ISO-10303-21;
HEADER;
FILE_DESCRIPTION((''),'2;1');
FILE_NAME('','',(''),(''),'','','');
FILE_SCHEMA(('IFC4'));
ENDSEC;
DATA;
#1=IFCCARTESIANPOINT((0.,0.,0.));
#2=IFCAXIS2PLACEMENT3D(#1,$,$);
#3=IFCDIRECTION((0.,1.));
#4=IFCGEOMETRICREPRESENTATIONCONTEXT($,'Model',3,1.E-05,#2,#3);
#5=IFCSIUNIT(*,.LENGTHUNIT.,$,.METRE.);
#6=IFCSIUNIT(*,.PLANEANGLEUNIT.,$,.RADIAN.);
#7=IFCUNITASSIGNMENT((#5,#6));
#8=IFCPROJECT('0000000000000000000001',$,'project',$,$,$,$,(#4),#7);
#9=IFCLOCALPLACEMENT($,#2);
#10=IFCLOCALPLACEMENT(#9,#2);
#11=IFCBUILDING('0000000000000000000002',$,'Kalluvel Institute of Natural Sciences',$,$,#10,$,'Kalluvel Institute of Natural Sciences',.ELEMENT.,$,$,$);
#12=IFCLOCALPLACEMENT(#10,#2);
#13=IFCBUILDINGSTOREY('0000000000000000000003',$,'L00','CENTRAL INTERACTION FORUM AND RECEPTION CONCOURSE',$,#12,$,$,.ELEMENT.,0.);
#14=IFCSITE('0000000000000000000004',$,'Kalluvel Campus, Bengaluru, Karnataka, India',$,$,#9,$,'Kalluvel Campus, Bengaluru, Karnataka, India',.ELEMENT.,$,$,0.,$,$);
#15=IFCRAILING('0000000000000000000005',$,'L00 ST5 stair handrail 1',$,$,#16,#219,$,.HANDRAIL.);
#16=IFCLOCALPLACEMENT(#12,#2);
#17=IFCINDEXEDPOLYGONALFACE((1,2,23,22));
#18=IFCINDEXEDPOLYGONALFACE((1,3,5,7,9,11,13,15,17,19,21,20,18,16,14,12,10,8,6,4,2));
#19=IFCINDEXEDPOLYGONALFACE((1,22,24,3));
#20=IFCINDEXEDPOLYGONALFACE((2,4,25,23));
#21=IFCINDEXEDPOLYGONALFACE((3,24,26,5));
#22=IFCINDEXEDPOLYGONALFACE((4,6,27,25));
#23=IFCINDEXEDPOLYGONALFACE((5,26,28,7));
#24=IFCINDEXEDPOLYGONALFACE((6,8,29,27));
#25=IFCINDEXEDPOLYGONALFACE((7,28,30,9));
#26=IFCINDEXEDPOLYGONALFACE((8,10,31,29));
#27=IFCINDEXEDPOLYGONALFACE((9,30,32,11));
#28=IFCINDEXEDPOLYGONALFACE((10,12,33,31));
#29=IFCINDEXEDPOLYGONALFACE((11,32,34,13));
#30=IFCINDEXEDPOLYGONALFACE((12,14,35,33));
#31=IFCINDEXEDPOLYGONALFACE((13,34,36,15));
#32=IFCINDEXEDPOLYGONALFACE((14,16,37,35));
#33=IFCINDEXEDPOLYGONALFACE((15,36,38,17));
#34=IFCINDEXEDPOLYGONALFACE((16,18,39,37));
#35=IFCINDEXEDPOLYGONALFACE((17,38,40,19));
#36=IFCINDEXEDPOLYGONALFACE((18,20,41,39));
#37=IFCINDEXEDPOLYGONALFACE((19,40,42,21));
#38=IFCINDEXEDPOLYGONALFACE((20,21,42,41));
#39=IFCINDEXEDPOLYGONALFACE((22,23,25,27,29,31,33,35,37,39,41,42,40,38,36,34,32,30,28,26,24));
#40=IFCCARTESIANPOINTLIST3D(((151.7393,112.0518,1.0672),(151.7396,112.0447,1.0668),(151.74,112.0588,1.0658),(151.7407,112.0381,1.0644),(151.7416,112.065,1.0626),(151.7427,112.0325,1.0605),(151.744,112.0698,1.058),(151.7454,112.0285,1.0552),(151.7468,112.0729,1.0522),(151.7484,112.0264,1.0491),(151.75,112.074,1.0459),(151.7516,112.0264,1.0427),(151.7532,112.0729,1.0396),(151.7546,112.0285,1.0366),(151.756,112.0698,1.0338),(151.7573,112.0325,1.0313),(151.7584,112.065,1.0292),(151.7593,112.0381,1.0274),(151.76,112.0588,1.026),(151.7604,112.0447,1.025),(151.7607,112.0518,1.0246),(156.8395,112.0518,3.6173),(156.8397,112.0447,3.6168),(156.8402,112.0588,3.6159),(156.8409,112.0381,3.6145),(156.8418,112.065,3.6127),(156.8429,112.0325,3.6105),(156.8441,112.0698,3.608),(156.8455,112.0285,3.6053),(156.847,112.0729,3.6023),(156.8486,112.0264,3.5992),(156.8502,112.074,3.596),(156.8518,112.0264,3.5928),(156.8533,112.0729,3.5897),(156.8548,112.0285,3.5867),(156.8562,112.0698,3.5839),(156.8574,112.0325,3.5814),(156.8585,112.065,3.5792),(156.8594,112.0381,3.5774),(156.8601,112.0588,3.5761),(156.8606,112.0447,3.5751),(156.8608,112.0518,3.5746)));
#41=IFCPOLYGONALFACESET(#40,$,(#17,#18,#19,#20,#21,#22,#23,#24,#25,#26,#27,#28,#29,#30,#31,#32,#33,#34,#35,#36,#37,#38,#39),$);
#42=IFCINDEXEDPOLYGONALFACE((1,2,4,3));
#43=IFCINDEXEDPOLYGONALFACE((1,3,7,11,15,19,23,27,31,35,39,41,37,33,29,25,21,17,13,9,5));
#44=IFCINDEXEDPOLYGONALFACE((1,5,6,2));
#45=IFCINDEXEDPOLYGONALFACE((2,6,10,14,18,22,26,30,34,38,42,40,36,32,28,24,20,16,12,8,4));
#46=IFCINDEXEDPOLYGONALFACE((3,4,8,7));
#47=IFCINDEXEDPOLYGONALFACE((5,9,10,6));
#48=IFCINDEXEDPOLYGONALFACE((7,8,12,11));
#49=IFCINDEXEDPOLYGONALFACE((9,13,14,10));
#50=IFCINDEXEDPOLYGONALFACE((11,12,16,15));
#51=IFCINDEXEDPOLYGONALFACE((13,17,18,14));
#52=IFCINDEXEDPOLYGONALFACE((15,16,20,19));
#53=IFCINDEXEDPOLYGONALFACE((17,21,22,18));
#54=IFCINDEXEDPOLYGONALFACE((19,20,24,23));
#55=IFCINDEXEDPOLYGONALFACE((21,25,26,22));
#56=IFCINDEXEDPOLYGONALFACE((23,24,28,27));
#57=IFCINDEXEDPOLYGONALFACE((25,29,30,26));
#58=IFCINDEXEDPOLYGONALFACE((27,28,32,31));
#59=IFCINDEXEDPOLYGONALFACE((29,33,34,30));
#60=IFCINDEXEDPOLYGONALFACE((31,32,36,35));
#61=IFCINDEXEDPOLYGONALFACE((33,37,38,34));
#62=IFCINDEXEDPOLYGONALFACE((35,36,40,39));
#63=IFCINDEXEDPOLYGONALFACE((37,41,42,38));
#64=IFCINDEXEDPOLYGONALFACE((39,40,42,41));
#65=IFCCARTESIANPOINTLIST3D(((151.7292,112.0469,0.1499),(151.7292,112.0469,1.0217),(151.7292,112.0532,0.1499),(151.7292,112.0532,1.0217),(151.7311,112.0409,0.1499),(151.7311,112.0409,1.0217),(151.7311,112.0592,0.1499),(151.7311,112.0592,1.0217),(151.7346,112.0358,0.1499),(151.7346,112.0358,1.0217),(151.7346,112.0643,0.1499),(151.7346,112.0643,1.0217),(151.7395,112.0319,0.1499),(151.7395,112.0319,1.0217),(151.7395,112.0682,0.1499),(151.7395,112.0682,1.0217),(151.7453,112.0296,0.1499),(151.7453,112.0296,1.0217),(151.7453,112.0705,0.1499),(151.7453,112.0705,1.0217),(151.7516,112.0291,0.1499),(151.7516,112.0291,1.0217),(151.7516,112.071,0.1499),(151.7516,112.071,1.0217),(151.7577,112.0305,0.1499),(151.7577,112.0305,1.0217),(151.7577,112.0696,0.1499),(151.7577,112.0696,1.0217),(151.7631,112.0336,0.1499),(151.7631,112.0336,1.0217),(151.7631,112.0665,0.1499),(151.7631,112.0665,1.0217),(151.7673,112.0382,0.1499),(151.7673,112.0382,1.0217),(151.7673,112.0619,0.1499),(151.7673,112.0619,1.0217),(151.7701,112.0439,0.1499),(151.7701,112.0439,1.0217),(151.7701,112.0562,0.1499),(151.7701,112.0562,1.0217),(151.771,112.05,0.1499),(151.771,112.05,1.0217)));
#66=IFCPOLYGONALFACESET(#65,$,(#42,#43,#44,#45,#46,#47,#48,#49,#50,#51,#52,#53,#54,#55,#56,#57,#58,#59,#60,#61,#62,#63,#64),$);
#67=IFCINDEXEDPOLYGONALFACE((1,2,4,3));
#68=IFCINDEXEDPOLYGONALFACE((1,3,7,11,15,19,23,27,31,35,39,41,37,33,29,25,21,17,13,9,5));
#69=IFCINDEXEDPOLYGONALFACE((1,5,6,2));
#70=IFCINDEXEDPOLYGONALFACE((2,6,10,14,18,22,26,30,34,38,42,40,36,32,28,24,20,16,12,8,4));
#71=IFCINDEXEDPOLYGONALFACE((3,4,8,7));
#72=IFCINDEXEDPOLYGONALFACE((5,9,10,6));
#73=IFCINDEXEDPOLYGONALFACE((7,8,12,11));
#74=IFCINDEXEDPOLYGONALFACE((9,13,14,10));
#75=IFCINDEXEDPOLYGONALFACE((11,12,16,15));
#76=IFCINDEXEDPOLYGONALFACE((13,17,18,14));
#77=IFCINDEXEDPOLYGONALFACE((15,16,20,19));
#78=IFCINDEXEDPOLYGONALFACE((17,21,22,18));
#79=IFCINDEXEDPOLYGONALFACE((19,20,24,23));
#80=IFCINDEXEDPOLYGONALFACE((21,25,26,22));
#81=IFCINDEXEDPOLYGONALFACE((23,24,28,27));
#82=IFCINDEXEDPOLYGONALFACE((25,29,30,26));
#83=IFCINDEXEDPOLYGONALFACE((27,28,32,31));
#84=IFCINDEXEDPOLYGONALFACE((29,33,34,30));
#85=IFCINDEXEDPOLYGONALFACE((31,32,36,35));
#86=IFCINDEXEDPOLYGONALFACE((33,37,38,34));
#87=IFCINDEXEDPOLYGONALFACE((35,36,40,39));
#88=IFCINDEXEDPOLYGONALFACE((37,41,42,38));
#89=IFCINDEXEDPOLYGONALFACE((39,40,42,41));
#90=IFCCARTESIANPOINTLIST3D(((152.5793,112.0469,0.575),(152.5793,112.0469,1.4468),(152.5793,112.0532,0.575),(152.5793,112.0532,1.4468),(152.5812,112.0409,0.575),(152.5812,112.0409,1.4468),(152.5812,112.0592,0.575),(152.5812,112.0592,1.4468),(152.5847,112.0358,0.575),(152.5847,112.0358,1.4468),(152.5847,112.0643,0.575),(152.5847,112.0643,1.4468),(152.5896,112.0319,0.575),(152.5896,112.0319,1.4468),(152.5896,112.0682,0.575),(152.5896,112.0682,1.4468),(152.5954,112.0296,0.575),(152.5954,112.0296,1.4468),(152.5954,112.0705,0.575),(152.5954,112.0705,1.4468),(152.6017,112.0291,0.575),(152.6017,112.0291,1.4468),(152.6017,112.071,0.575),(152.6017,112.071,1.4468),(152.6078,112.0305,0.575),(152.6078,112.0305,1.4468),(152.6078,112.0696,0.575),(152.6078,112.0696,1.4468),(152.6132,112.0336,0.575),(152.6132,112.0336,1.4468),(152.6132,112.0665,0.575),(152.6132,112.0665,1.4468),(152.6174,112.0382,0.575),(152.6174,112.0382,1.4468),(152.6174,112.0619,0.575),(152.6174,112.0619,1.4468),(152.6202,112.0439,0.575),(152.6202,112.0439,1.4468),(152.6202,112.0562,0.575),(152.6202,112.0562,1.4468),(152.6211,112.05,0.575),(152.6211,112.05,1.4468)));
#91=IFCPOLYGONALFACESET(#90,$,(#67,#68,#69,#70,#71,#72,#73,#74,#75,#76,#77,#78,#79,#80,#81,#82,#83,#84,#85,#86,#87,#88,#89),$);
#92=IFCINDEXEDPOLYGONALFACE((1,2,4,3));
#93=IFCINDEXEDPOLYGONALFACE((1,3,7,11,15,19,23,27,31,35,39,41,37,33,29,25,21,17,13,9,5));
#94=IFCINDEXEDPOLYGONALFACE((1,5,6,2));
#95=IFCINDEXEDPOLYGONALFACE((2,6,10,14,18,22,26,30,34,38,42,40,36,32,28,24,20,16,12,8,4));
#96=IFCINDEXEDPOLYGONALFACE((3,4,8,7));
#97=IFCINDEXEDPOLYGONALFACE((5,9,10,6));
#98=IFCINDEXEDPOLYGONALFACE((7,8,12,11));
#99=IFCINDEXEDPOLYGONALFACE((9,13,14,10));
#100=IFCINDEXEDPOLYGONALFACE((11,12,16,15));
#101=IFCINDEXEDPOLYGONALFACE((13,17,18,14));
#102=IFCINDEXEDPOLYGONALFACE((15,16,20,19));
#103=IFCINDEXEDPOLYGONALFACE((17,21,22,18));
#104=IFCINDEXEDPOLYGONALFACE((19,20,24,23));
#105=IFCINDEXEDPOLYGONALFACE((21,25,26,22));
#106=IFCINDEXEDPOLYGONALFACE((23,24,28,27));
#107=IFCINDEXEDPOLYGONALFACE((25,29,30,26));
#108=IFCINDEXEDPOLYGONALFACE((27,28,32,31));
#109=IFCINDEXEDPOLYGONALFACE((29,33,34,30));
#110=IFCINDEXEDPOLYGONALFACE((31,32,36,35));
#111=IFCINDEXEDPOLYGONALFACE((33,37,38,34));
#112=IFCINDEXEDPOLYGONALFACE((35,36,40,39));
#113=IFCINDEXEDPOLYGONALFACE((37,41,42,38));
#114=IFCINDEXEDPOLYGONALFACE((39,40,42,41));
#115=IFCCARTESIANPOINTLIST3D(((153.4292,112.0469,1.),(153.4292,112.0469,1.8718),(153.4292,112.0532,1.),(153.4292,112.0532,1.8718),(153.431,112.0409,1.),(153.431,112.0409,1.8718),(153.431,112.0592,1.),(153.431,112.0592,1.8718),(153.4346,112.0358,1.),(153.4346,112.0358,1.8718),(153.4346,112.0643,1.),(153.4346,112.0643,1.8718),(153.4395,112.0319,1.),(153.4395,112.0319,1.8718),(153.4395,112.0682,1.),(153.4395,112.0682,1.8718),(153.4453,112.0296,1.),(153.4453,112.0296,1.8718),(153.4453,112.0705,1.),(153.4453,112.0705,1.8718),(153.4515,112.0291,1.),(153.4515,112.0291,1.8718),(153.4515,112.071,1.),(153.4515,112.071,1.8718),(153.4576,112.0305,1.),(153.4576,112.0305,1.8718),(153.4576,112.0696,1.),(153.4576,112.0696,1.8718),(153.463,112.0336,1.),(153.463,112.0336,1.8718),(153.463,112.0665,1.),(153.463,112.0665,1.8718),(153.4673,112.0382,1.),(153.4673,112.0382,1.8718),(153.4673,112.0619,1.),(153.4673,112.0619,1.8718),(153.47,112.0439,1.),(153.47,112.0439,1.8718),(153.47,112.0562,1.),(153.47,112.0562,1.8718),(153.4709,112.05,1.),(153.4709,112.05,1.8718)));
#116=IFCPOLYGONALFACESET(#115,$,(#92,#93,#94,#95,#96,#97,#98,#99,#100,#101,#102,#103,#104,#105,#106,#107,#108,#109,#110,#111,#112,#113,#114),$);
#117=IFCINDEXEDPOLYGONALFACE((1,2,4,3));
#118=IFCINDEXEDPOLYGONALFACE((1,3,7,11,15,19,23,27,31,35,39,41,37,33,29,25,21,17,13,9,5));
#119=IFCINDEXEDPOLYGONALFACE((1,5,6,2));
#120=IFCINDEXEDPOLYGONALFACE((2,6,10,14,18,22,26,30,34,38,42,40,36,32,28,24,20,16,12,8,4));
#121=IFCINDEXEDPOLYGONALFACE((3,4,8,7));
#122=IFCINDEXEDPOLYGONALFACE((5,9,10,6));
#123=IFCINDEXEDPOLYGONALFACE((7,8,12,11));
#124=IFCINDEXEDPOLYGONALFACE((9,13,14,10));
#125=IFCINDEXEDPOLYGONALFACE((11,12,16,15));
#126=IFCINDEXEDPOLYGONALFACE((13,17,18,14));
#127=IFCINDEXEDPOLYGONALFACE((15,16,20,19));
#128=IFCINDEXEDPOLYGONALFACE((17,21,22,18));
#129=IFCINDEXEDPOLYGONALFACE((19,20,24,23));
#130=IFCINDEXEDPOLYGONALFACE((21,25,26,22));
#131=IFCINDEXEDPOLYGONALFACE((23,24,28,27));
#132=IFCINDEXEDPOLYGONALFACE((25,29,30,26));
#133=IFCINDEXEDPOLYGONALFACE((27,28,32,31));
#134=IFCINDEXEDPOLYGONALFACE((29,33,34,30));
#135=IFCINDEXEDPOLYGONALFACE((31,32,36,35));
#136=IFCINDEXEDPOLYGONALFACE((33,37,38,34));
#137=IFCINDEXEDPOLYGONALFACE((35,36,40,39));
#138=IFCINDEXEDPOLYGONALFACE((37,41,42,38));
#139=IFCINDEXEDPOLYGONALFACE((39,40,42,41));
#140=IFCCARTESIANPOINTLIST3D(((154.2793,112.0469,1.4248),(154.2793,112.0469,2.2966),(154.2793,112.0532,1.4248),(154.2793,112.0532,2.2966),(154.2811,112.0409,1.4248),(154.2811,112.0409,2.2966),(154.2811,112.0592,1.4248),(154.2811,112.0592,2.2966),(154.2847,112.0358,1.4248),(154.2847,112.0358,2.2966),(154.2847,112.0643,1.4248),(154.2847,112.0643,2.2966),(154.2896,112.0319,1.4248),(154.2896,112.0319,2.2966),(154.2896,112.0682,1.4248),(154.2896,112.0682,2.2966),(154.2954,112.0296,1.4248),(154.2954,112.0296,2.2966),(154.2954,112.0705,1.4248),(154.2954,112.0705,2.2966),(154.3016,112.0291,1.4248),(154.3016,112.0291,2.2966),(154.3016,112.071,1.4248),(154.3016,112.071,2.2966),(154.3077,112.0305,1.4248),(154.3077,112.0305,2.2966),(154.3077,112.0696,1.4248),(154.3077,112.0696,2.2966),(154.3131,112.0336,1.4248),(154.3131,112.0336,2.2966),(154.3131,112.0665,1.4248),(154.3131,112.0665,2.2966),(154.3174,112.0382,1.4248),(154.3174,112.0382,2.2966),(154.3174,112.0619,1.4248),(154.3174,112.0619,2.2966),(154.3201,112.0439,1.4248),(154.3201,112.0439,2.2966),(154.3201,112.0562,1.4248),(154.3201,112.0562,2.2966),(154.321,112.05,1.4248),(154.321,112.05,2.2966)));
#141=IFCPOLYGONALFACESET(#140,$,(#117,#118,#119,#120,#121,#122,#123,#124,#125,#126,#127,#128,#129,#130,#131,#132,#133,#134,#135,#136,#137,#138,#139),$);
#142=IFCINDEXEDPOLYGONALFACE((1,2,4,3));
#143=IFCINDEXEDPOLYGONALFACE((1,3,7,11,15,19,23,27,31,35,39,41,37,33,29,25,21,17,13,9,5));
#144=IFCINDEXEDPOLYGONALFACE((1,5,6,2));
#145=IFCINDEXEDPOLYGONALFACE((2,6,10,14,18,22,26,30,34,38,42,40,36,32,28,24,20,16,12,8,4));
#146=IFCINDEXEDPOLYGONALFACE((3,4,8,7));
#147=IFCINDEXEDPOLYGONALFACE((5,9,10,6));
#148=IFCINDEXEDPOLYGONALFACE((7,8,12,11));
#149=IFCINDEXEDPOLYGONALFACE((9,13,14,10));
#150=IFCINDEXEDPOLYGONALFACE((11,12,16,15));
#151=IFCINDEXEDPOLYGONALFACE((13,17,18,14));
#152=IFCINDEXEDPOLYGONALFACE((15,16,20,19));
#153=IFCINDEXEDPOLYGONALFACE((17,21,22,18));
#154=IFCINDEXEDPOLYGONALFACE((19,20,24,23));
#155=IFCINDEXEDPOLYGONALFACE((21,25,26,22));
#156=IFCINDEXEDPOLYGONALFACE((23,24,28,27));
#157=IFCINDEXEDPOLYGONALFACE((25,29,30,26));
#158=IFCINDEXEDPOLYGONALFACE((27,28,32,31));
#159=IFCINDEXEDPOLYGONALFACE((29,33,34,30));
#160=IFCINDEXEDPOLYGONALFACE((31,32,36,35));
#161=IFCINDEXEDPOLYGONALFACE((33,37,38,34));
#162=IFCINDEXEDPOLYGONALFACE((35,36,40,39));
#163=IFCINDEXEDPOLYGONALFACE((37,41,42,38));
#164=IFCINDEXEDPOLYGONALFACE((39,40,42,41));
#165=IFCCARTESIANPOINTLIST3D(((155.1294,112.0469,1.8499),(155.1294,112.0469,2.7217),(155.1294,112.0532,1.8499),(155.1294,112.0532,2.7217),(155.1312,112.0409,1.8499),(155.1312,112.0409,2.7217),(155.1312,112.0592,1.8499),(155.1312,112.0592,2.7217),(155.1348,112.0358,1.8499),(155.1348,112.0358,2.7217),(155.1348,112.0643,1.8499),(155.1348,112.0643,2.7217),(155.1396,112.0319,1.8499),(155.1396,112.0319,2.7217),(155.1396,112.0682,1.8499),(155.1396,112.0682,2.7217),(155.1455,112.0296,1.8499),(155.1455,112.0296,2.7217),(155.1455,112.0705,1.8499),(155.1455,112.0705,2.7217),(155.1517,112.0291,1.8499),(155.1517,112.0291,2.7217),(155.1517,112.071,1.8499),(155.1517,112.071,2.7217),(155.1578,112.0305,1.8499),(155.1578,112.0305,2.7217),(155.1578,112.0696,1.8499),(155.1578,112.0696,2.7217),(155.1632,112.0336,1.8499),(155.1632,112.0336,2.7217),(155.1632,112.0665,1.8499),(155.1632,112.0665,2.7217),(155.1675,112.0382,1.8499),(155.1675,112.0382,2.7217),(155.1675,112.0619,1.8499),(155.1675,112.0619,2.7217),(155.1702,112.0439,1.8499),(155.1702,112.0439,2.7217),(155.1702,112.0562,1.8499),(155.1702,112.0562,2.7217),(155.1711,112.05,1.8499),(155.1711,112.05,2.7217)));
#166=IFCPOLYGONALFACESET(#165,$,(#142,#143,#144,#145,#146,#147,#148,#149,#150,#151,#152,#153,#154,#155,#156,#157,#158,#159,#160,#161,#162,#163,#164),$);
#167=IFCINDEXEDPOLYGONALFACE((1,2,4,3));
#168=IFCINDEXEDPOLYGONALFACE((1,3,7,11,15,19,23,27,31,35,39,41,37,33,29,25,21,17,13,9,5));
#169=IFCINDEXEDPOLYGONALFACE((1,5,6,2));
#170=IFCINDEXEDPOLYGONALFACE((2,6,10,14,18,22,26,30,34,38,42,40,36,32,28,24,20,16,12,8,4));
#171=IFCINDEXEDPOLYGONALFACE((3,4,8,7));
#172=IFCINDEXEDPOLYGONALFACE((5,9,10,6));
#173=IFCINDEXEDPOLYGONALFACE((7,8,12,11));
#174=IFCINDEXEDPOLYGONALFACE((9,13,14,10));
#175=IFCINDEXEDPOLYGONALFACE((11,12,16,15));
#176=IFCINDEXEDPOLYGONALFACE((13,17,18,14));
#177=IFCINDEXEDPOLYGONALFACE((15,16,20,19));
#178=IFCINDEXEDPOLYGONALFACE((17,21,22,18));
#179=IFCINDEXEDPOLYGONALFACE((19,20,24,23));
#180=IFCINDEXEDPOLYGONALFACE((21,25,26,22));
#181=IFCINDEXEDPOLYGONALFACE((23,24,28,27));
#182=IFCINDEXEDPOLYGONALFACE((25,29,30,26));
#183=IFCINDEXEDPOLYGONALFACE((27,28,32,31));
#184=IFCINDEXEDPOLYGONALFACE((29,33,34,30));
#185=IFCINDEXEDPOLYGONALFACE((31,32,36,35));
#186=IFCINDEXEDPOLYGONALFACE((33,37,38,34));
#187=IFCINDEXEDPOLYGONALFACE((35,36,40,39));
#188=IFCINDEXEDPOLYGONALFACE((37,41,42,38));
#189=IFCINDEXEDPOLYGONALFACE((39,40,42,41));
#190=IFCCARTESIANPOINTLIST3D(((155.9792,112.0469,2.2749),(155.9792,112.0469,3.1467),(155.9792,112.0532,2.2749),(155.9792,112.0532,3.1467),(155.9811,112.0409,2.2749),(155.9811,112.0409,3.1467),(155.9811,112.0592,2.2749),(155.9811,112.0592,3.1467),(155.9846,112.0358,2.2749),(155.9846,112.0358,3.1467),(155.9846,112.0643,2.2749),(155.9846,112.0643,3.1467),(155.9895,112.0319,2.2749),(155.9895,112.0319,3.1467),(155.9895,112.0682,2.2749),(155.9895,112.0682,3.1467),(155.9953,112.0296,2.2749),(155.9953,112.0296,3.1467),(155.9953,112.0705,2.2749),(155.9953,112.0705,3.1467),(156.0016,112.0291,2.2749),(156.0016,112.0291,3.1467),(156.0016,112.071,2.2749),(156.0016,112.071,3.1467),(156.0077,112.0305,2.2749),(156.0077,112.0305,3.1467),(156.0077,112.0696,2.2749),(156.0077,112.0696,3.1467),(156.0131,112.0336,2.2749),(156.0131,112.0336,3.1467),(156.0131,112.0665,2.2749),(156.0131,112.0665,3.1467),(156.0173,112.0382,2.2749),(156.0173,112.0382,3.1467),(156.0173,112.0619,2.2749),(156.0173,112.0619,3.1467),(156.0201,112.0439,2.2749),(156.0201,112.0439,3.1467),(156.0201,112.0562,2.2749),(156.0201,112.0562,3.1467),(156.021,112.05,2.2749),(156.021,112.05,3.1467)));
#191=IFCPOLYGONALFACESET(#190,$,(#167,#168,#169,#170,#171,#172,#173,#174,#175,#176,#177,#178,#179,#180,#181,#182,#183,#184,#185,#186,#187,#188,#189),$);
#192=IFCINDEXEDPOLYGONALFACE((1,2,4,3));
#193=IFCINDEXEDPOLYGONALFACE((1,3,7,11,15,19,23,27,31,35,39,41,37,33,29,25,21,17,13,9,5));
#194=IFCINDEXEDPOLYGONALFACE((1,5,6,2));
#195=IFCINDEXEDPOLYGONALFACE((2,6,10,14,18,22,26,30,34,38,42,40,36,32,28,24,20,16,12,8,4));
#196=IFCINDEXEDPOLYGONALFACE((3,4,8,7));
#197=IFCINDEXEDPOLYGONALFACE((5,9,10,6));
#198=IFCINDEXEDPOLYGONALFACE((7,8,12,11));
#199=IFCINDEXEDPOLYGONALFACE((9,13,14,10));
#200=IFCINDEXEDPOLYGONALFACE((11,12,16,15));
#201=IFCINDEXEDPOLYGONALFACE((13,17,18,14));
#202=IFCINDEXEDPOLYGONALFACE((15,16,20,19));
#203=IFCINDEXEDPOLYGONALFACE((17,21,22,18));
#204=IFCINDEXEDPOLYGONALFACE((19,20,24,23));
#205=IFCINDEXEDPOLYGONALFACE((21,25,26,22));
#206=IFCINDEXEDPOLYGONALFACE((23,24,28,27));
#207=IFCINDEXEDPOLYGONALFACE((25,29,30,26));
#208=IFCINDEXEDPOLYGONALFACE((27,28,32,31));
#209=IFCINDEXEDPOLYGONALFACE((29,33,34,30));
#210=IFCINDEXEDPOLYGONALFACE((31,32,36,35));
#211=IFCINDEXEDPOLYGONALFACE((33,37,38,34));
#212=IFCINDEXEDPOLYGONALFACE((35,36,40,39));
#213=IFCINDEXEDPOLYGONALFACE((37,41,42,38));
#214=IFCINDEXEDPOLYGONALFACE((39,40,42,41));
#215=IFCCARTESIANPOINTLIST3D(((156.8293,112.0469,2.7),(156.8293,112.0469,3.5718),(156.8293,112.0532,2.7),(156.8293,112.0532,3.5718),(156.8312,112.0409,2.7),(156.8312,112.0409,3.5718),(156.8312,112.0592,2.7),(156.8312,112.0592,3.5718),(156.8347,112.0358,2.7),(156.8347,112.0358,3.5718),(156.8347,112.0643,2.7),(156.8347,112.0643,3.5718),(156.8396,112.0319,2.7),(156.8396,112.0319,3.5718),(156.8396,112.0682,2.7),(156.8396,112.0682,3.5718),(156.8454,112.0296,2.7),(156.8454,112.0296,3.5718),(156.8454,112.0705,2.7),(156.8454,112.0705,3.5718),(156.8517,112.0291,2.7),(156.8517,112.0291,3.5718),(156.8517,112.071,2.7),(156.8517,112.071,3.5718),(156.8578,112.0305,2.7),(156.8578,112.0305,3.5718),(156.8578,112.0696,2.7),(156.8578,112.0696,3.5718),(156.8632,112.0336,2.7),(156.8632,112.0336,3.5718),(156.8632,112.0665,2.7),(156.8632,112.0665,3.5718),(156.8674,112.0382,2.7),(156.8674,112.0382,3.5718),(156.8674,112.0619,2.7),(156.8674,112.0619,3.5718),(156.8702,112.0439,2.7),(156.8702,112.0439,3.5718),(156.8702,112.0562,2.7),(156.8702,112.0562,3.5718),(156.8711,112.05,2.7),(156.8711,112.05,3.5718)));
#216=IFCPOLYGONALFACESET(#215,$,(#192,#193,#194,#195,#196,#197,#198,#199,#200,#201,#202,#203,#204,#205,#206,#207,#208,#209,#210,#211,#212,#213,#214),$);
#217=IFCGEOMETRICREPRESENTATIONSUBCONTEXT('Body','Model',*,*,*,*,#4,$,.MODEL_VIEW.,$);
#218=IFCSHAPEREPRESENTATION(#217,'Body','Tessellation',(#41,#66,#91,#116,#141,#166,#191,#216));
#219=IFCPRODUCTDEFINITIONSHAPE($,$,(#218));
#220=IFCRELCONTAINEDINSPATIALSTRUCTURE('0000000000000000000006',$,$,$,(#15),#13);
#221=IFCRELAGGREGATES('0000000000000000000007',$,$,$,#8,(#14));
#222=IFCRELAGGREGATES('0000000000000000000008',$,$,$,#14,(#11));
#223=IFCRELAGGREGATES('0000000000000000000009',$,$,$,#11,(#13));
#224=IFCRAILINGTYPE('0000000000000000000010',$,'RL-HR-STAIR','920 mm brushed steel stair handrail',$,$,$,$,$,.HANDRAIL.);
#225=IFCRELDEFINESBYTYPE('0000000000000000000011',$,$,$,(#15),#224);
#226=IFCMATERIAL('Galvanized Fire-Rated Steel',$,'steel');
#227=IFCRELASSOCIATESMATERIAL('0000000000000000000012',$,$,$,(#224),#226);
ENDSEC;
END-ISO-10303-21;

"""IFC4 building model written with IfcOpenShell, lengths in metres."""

from ifc_helpers import new_model, si_unit, direction, frame, origin, origin_2d, place, context, subcontext, project, spatial, circle, extrude, material, type_object, element, save


model = new_model("IFC4")

# Units and contexts
model_context = context("Model", 3, precision=1e-05, world=origin(), true_north=direction((0.0, 1.0)))
body_context = subcontext(model_context, "Body", "Model", "MODEL_VIEW")
ifc_project = project(units=[si_unit("LENGTHUNIT", "METRE"), si_unit("PLANEANGLEUNIT", "RADIAN")], contexts=[model_context])

# Site, building, storey
site_placement = place(None, origin())
site = spatial("IfcSite", under=ifc_project, at=site_placement, Name="Kalluvel Campus, Bengaluru, Karnataka, India", LongName="Kalluvel Campus, Bengaluru, Karnataka, India", CompositionType="ELEMENT", RefElevation=0.0)
building_placement = place(site_placement, origin())
building = spatial("IfcBuilding", under=site, at=building_placement, Name="Kalluvel Institute of Natural Sciences", LongName="Kalluvel Institute of Natural Sciences", CompositionType="ELEMENT")
storey_placement = place(building_placement, origin())
storey = spatial("IfcBuildingStorey", under=building, at=storey_placement, Name="L00", Description="CENTRAL INTERACTION FORUM AND RECEPTION CONCOURSE", CompositionType="ELEMENT", Elevation=0.0)

# Shared definitions
ifc_material_1 = material(Name="Galvanized Fire-Rated Steel", Category="steel")

# Railing
railing_type_1 = type_object("IfcRailingType", Name="RL-HR-STAIR", Description="920 mm brushed steel stair handrail", PredefinedType="HANDRAIL", material=ifc_material_1)
railing_1_placement = place(storey_placement, frame((151.75, 112.05, 0.1499)))
element("IfcRailing", 1, at=railing_1_placement, inside=storey, type_object=railing_type_1, Name="L00 ST5 stair handrail 1", PredefinedType="HANDRAIL", context=body_context, shape_type="SweptSolid", body=[
    extrude(circle(Radius=0.0239, at=origin_2d()), frame((0.0, 0.0, 0.896), z_axis=(0.894427, 0.0, 0.447214), x_axis=(0.0, 1.0, 0.0)), (0.0, 0.0, 1.0), 5.7021),
    extrude(circle(Radius=0.021, at=origin_2d()), origin(), (0.0, 0.0, 1.0), 0.8718),
    extrude(circle(Radius=0.021, at=origin_2d()), frame((0.8501, 0.0, 0.425)), (0.0, 0.0, 1.0), 0.8718),
    extrude(circle(Radius=0.021, at=origin_2d()), frame((1.7, 0.0, 0.8501)), (0.0, 0.0, 1.0), 0.8718),
    extrude(circle(Radius=0.021, at=origin_2d()), frame((2.55, 0.0, 1.2749)), (0.0, 0.0, 1.0), 0.8718),
    extrude(circle(Radius=0.021, at=origin_2d()), frame((3.4001, 0.0, 1.7)), (0.0, 0.0, 1.0), 0.8718),
    extrude(circle(Radius=0.021, at=origin_2d()), frame((4.25, 0.0, 2.125)), (0.0, 0.0, 1.0), 0.8718),
    extrude(circle(Radius=0.021, at=origin_2d()), frame((5.1001, 0.0, 2.55)), (0.0, 0.0, 1.0), 0.8718),
])

save(model, "model.ifc")
